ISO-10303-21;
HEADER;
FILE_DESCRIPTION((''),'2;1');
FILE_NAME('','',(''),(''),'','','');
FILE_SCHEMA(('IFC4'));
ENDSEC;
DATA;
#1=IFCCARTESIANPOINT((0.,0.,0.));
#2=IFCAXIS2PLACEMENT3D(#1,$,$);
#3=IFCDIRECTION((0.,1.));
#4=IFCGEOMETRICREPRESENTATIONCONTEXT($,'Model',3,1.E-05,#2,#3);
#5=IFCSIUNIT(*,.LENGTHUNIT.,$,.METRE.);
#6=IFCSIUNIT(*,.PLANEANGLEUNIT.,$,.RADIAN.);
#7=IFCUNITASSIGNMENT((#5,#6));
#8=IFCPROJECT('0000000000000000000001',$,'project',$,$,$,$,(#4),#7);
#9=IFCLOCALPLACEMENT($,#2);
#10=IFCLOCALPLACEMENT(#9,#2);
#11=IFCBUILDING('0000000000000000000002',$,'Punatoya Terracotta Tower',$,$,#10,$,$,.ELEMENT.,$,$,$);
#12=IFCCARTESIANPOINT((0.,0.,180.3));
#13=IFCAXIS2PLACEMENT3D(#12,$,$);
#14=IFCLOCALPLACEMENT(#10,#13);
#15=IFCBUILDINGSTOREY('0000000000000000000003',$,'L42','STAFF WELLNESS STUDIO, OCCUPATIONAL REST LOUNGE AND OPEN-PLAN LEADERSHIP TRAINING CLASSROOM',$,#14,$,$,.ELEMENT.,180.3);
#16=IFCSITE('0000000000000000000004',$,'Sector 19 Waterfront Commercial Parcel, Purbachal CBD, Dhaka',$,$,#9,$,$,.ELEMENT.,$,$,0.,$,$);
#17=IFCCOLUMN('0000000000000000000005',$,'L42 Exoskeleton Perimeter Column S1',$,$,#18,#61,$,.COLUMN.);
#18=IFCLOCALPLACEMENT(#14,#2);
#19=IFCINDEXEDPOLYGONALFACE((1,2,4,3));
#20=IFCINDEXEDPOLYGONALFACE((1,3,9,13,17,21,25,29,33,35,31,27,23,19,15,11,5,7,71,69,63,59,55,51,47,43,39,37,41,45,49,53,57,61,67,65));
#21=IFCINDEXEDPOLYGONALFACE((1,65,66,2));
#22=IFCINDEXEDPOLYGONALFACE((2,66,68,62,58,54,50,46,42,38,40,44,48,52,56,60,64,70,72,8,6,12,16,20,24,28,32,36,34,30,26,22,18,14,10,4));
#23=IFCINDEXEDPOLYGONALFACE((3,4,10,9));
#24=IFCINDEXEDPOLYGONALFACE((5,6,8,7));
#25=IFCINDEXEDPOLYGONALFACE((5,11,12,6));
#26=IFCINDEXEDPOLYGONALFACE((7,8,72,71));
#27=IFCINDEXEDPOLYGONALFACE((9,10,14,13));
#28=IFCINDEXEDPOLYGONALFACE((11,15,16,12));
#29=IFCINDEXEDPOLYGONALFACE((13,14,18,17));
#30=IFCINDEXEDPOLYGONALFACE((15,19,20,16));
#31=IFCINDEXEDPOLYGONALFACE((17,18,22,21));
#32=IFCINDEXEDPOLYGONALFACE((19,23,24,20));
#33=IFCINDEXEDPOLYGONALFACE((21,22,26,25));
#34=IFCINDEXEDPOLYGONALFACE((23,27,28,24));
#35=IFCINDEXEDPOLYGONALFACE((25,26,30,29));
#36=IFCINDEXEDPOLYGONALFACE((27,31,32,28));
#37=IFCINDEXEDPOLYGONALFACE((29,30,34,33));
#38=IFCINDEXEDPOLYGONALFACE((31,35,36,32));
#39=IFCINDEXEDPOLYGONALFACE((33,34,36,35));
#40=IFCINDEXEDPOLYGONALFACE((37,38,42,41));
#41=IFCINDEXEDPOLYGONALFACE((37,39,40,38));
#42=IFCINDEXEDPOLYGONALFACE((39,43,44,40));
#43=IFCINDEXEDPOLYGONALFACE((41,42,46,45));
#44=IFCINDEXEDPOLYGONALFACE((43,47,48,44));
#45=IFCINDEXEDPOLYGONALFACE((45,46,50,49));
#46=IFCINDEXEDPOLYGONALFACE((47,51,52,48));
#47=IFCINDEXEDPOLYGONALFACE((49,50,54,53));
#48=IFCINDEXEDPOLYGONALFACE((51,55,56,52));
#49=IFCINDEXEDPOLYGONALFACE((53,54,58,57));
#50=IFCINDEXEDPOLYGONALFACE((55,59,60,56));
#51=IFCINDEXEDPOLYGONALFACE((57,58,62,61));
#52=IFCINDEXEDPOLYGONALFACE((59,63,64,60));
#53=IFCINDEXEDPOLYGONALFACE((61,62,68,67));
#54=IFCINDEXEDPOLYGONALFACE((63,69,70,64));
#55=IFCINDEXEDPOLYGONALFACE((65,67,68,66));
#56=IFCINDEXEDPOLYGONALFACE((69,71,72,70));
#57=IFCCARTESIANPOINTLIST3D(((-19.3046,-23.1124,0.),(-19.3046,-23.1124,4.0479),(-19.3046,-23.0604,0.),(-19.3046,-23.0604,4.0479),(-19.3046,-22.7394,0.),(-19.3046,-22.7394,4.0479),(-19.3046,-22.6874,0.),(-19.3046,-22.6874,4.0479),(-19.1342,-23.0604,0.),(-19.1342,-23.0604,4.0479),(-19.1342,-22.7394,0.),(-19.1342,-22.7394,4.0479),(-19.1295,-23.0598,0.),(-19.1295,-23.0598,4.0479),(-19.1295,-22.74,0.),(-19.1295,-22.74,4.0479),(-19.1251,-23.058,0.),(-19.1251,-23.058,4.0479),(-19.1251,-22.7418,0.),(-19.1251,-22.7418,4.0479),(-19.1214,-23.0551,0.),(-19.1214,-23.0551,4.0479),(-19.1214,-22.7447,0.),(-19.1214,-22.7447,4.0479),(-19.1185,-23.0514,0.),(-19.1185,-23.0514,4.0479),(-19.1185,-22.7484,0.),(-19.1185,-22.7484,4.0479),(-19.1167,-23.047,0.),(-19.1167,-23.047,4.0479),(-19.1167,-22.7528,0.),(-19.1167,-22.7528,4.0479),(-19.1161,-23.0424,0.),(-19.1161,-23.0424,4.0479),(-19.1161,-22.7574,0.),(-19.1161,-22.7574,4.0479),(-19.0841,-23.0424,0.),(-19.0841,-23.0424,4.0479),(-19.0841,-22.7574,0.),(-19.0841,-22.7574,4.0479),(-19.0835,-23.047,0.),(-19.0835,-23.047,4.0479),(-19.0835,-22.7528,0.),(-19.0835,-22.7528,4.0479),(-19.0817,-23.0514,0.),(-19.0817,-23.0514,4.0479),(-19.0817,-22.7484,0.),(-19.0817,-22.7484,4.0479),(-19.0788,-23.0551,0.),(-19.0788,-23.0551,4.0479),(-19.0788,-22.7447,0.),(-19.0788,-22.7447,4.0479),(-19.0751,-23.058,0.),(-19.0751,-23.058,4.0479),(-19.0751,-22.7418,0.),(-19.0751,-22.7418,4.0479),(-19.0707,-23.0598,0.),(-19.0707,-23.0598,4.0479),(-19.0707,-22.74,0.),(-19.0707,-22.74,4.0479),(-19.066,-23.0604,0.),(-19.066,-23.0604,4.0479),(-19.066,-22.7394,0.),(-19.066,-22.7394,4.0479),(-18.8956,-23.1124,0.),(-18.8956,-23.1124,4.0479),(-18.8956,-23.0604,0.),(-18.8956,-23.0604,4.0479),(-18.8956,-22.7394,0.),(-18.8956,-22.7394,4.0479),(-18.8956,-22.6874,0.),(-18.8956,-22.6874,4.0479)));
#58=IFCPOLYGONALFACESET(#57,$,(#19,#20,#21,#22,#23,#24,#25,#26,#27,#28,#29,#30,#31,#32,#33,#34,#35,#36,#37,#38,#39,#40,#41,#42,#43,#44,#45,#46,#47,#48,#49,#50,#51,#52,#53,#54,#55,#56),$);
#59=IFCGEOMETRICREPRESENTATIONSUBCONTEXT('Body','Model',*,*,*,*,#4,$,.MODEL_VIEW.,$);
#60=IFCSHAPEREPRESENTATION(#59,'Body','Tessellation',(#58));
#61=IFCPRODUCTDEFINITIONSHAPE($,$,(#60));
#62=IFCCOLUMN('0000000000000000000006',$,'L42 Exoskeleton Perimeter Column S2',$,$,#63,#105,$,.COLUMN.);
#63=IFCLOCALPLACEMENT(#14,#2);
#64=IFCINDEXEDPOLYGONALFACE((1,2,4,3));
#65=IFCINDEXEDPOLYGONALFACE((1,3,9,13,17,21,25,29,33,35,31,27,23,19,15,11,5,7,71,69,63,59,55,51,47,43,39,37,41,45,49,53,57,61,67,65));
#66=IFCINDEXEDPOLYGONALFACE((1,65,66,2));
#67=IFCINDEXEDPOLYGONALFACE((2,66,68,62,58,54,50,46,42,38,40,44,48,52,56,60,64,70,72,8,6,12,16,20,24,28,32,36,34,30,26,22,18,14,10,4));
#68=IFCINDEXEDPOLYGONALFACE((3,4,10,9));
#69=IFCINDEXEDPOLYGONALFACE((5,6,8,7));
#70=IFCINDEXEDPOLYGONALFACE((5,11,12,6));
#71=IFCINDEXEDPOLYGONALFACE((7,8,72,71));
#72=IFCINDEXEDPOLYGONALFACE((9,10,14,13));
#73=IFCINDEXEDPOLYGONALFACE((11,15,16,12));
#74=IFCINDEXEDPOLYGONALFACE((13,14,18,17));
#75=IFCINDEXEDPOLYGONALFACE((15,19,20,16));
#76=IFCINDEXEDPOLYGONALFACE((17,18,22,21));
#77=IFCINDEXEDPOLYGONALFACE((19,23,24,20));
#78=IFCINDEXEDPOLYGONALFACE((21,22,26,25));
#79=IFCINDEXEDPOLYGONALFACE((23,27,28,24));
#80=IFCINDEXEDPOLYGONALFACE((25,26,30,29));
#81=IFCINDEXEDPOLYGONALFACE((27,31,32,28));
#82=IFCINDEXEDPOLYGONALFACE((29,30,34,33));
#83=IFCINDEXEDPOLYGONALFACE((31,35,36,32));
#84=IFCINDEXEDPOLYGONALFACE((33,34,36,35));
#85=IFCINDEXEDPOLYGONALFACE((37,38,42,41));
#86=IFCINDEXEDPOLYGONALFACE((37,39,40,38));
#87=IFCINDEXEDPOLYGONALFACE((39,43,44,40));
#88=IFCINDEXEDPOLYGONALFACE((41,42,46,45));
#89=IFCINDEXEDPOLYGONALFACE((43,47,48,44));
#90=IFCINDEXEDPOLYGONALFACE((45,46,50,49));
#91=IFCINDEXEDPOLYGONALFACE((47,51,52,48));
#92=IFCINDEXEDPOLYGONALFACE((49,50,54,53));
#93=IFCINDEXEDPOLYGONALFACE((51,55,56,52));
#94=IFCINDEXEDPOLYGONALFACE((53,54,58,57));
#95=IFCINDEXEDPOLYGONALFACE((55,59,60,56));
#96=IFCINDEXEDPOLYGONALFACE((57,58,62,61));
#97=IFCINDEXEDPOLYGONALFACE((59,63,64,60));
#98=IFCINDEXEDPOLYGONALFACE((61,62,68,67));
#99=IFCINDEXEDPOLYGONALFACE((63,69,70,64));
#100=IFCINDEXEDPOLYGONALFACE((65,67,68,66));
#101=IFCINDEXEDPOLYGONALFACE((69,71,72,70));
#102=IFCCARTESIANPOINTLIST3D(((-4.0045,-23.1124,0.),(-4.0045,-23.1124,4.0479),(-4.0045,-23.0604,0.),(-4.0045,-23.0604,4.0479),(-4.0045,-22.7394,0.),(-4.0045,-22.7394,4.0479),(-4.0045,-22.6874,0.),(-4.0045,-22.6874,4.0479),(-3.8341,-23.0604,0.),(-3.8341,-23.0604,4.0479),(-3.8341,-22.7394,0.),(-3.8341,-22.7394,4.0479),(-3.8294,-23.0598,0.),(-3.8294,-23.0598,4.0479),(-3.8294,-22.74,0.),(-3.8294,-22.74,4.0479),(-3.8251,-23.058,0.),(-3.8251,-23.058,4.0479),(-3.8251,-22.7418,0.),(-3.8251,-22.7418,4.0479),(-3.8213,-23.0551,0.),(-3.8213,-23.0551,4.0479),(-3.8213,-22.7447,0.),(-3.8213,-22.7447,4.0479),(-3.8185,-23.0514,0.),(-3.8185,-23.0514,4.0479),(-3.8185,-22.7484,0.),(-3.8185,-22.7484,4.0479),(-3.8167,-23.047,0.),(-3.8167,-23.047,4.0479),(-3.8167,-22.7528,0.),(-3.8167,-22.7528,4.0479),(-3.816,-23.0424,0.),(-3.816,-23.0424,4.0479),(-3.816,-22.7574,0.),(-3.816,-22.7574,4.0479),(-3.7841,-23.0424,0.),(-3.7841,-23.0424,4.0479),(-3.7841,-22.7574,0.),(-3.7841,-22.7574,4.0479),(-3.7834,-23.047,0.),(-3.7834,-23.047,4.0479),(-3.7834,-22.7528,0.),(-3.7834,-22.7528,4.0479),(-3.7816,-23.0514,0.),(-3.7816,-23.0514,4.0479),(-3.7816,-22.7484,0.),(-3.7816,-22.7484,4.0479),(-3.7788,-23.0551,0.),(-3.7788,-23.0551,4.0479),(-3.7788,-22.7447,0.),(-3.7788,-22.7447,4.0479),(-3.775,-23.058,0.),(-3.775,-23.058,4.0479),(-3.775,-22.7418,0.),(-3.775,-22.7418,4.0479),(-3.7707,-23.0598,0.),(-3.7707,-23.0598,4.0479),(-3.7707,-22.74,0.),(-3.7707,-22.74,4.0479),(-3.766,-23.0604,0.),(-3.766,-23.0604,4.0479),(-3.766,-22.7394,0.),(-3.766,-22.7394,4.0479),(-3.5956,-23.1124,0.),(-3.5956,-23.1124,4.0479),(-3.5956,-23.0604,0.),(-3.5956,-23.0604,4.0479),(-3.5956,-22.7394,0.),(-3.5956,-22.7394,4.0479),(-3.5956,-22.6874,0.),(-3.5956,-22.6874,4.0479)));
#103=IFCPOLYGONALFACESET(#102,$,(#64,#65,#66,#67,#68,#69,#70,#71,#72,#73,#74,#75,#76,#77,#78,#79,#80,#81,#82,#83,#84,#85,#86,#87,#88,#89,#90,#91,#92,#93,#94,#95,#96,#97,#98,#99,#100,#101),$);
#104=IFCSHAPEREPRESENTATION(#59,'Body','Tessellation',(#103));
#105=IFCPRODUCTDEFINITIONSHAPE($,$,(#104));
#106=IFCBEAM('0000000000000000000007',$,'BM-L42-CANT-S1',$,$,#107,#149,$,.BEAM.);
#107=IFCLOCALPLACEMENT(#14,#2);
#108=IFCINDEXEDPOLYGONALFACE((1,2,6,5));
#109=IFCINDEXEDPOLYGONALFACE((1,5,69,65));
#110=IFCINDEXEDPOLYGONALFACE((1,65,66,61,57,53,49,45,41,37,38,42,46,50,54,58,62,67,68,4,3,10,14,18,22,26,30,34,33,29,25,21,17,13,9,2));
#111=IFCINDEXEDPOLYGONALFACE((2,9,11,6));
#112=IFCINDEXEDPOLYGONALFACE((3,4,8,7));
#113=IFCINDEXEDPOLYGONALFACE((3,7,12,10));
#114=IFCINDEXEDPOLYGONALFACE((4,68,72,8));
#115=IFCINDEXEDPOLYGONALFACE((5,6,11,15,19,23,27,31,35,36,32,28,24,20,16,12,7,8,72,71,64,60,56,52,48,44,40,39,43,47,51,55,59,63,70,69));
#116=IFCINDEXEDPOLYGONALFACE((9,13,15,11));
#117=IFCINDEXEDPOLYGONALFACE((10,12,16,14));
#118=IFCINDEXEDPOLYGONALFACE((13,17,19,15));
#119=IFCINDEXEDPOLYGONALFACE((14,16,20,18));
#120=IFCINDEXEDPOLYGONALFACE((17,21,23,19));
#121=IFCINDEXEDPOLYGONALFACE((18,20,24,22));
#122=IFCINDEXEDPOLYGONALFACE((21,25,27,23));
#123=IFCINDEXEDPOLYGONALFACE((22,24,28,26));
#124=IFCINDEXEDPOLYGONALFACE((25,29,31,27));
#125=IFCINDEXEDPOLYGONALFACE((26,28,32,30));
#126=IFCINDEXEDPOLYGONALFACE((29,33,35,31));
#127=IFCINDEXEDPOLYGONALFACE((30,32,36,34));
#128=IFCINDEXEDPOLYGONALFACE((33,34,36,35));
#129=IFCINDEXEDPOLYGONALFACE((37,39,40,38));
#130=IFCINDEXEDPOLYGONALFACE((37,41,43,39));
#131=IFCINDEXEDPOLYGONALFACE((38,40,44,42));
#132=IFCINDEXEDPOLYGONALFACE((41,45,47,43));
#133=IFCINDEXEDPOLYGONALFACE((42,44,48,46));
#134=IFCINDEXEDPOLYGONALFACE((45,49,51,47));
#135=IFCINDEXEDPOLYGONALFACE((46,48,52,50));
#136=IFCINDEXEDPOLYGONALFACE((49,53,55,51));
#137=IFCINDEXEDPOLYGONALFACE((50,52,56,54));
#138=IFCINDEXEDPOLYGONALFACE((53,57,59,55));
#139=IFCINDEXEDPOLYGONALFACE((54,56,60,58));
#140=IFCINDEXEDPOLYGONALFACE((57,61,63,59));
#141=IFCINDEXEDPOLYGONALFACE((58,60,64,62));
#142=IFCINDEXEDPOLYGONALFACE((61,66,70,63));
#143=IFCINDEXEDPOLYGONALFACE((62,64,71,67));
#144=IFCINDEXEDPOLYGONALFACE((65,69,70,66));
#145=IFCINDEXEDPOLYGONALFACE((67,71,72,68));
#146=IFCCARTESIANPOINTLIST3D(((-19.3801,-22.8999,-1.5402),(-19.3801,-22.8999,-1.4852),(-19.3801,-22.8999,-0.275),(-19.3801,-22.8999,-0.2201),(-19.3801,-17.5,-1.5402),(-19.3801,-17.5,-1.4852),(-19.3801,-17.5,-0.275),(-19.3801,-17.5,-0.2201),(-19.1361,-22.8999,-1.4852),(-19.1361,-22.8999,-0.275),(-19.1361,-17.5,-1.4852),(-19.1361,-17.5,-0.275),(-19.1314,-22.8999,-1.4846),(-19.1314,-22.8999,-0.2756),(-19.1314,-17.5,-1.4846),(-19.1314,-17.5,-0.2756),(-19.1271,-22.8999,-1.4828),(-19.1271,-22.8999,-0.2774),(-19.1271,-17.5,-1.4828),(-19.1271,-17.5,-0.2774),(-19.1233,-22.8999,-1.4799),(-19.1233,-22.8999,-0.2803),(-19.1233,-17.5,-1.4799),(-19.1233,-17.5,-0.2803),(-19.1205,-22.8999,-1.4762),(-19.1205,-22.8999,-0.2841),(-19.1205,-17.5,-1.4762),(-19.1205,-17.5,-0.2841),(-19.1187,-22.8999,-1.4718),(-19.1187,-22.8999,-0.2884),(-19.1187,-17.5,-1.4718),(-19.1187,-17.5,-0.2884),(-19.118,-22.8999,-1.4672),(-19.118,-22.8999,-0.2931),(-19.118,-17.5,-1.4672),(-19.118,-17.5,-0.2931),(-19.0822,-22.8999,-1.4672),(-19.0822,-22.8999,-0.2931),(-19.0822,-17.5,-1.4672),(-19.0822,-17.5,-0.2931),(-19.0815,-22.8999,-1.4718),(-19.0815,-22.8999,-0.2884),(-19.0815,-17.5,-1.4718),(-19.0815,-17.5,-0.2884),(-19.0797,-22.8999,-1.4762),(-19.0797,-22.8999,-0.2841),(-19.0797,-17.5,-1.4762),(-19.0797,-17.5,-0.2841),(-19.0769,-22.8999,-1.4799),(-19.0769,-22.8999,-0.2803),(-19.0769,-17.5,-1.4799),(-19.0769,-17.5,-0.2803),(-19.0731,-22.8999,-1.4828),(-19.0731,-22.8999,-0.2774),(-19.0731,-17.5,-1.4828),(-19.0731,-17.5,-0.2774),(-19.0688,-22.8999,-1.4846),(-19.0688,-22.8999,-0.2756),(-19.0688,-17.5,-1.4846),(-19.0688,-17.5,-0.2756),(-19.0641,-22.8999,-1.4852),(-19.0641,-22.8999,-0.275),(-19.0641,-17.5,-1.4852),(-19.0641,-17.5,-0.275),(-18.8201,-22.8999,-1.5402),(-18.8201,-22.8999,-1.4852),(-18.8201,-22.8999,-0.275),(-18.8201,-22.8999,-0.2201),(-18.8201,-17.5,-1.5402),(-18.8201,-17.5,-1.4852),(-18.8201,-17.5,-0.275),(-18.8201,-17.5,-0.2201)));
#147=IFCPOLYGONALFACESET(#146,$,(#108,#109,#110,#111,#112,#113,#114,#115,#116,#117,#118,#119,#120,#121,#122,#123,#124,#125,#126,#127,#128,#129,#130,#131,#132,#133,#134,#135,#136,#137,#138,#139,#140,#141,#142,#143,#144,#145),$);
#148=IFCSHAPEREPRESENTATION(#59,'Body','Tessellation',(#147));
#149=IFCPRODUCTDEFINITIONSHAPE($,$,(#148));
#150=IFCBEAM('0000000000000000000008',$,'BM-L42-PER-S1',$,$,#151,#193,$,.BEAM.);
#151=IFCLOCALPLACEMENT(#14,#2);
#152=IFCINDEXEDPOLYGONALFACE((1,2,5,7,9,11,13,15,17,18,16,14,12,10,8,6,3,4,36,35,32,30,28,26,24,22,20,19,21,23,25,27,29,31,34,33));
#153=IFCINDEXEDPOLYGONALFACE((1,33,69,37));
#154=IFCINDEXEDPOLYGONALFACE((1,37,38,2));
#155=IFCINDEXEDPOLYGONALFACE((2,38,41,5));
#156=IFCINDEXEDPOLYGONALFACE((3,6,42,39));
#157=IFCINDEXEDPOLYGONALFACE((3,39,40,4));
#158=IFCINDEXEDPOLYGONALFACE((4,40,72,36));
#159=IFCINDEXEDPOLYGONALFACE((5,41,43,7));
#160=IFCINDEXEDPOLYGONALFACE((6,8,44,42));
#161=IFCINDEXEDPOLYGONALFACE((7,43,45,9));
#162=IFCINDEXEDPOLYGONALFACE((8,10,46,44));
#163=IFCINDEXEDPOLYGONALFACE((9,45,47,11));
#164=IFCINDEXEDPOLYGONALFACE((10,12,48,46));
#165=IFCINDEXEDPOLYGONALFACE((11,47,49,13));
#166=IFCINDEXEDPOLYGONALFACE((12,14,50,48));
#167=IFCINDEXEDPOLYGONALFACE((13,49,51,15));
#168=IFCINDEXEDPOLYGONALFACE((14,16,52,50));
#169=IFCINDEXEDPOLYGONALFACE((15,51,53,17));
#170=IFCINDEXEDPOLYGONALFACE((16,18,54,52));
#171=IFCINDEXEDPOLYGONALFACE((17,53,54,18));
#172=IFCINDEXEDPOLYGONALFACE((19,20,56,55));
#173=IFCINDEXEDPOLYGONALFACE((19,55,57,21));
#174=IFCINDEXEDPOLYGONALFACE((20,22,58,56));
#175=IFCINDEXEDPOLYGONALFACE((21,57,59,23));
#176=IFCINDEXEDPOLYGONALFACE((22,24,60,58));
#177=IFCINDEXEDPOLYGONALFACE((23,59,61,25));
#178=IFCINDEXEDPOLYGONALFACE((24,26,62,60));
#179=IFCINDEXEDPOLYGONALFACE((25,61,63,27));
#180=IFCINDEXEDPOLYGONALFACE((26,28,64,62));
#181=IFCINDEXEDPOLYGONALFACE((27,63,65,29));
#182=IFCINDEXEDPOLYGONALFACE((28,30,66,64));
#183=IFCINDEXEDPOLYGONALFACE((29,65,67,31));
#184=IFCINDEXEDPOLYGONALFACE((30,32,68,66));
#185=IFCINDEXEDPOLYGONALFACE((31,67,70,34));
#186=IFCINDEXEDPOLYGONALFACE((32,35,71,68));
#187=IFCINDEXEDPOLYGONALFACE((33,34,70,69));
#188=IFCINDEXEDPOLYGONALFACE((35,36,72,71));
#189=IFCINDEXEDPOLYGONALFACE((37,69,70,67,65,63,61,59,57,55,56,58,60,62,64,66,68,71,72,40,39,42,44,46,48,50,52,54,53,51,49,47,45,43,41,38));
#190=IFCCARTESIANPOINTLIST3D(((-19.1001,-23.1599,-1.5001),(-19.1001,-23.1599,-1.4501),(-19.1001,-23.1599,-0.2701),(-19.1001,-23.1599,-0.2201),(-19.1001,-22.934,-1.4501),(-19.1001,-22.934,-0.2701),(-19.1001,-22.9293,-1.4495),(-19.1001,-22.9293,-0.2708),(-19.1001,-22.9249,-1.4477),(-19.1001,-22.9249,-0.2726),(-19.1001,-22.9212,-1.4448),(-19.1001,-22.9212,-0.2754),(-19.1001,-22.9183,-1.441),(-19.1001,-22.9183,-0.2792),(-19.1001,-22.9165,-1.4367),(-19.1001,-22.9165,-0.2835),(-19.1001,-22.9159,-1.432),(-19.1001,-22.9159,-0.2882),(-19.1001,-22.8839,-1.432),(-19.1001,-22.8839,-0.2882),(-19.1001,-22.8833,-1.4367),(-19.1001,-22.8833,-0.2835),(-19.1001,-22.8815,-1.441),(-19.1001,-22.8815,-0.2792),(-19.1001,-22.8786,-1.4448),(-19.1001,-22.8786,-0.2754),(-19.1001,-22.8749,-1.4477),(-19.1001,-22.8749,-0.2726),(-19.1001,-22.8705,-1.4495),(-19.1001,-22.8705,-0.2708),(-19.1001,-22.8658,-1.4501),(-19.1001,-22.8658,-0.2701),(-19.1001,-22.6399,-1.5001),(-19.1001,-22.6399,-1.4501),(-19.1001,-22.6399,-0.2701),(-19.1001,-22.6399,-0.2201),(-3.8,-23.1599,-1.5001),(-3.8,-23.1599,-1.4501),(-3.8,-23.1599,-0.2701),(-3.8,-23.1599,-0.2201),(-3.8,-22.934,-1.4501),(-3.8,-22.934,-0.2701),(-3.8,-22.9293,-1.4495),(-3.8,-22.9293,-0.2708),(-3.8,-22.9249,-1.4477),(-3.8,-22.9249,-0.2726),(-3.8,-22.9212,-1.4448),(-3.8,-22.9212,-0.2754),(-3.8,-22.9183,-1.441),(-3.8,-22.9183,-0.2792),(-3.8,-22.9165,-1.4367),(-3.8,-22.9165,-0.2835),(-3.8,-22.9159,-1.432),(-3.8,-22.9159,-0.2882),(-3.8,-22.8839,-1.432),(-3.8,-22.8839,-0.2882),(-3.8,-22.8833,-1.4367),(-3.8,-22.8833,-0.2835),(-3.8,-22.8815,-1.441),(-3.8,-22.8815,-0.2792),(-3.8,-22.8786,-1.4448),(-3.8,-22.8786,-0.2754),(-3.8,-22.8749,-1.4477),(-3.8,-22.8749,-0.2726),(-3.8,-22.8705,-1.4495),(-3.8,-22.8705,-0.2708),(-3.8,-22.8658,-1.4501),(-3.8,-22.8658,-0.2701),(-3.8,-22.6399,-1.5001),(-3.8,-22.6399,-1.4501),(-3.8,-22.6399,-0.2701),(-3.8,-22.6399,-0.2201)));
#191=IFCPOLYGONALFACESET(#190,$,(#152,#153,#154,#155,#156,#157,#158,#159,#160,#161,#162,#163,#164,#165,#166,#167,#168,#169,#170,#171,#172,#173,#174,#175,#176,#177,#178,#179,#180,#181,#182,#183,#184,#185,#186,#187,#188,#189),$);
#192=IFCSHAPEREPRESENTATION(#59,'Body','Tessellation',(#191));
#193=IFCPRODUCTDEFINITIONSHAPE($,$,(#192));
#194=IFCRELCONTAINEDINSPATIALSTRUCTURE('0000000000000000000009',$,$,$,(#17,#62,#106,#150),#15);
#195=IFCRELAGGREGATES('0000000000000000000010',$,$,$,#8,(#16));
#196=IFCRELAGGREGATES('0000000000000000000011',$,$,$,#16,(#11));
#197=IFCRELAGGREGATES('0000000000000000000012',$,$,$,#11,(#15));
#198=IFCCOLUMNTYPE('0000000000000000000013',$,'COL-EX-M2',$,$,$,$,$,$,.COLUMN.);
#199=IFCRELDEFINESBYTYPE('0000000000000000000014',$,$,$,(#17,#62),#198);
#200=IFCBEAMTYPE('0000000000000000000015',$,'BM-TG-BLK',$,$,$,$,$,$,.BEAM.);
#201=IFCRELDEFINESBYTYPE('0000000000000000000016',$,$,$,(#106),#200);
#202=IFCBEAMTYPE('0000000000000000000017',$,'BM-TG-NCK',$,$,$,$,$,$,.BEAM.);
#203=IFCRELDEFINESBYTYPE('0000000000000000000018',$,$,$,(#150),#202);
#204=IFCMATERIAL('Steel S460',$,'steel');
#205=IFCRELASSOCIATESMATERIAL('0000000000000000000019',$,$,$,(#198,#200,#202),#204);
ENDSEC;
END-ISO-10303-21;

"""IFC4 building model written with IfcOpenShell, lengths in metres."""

from ifc_helpers import new_model, si_unit, direction, frame, origin, origin_2d, place, context, subcontext, project, spatial, i_section, extrude, material, material_profile, profile_set, type_object, element, save


model = new_model("IFC4")

# Units and contexts
model_context = context("Model", 3, precision=1e-05, world=origin(), true_north=direction((0.0, 1.0)))
body_context = subcontext(model_context, "Body", "Model", "MODEL_VIEW")
ifc_project = project(units=[si_unit("LENGTHUNIT", "METRE"), si_unit("PLANEANGLEUNIT", "RADIAN")], contexts=[model_context])

# Site, building, storey
site_placement = place(None, origin())
site = spatial("IfcSite", under=ifc_project, at=site_placement, Name="Sector 19 Waterfront Commercial Parcel, Purbachal CBD, Dhaka", CompositionType="ELEMENT", RefElevation=0.0)
building_placement = place(site_placement, origin())
building = spatial("IfcBuilding", under=site, at=building_placement, Name="Punatoya Terracotta Tower", CompositionType="ELEMENT")
storey_placement = place(building_placement, frame((0.0, 0.0, 180.3)))
storey = spatial("IfcBuildingStorey", under=building, at=storey_placement, Name="L42", Description="STAFF WELLNESS STUDIO, OCCUPATIONAL REST LOUNGE AND OPEN-PLAN LEADERSHIP TRAINING CLASSROOM", CompositionType="ELEMENT", Elevation=180.3)

# Columns
ifc_material_1 = material(Name="Steel S460", Category="steel")
ifc_material_profile_1 = material_profile(ifc_material_1, i_section(OverallWidth=0.4089, OverallDepth=0.425, WebThickness=0.032, FlangeThickness=0.052, FilletRadius=0.0181, at=origin_2d()))
ifc_profile_set_1 = profile_set([ifc_material_profile_1], Name="Steel S460")
column_type = type_object("IfcColumnType", Name="COL-EX-M2", PredefinedType="COLUMN", material=ifc_profile_set_1)
for number, where, z_axis, x_axis, name in (
    (1, (-19.1001, -22.8999, 0.0), (0.0, 0.0, 1.0), (1.0, 0.0, 0.0), "L42 Exoskeleton Perimeter Column S1"),
    (2, (-3.8, -22.8999, 0.0), (0.0, 0.0, 1.0), (1.0, 0.0, 0.0), "L42 Exoskeleton Perimeter Column S2"),
):
    element("IfcColumn", number, at=place(storey_placement, frame(where, z_axis=z_axis, x_axis=x_axis)), inside=storey, type_object=column_type, Name=name, PredefinedType="COLUMN", context=body_context, shape_type="SweptSolid", body=[
        extrude(i_section(OverallWidth=0.4089, OverallDepth=0.425, WebThickness=0.032, FlangeThickness=0.052, FilletRadius=0.0181, at=origin_2d()), origin(), (0.0, 0.0, 1.0), 4.0479),
    ])

# Beams
ifc_material_profile_2 = material_profile(ifc_material_1, i_section(OverallWidth=0.5601, OverallDepth=1.3201, WebThickness=0.0359, FlangeThickness=0.0549, FilletRadius=0.0181, at=origin_2d()))
ifc_profile_set_2 = profile_set([ifc_material_profile_2], Name="Steel S460")
beam_type_1 = type_object("IfcBeamType", Name="BM-TG-BLK", PredefinedType="BEAM", material=ifc_profile_set_2)
beam_1_placement = place(storey_placement, frame((-19.1001, -22.8999, -0.8801), z_axis=(0.0, 1.0, 0.0), x_axis=(-1.0, 0.0, 0.0)))
element("IfcBeam", 3, at=beam_1_placement, inside=storey, type_object=beam_type_1, Name="BM-L42-CANT-S1", PredefinedType="BEAM", context=body_context, shape_type="SweptSolid", body=[
    extrude(i_section(OverallWidth=0.5601, OverallDepth=1.3201, WebThickness=0.0359, FlangeThickness=0.0549, FilletRadius=0.0181, at=origin_2d()), origin(), (0.0, 0.0, 1.0), 5.3999),
])
ifc_material_profile_3 = material_profile(ifc_material_1, i_section(OverallWidth=0.52, OverallDepth=1.28, WebThickness=0.032, FlangeThickness=0.05, FilletRadius=0.0181, at=origin_2d()))
ifc_profile_set_3 = profile_set([ifc_material_profile_3], Name="Steel S460")
beam_type_2 = type_object("IfcBeamType", Name="BM-TG-NCK", PredefinedType="BEAM", material=ifc_profile_set_3)
beam_2_placement = place(storey_placement, frame((-19.1001, -22.8999, -0.8601), z_axis=(1.0, 0.0, 0.0), x_axis=(0.0, 1.0, 0.0)))
element("IfcBeam", 4, at=beam_2_placement, inside=storey, type_object=beam_type_2, Name="BM-L42-PER-S1", PredefinedType="BEAM", context=body_context, shape_type="SweptSolid", body=[
    extrude(i_section(OverallWidth=0.52, OverallDepth=1.28, WebThickness=0.032, FlangeThickness=0.05, FilletRadius=0.0181, at=origin_2d()), origin(), (0.0, 0.0, 1.0), 15.3),
])

save(model, "model.ifc")
